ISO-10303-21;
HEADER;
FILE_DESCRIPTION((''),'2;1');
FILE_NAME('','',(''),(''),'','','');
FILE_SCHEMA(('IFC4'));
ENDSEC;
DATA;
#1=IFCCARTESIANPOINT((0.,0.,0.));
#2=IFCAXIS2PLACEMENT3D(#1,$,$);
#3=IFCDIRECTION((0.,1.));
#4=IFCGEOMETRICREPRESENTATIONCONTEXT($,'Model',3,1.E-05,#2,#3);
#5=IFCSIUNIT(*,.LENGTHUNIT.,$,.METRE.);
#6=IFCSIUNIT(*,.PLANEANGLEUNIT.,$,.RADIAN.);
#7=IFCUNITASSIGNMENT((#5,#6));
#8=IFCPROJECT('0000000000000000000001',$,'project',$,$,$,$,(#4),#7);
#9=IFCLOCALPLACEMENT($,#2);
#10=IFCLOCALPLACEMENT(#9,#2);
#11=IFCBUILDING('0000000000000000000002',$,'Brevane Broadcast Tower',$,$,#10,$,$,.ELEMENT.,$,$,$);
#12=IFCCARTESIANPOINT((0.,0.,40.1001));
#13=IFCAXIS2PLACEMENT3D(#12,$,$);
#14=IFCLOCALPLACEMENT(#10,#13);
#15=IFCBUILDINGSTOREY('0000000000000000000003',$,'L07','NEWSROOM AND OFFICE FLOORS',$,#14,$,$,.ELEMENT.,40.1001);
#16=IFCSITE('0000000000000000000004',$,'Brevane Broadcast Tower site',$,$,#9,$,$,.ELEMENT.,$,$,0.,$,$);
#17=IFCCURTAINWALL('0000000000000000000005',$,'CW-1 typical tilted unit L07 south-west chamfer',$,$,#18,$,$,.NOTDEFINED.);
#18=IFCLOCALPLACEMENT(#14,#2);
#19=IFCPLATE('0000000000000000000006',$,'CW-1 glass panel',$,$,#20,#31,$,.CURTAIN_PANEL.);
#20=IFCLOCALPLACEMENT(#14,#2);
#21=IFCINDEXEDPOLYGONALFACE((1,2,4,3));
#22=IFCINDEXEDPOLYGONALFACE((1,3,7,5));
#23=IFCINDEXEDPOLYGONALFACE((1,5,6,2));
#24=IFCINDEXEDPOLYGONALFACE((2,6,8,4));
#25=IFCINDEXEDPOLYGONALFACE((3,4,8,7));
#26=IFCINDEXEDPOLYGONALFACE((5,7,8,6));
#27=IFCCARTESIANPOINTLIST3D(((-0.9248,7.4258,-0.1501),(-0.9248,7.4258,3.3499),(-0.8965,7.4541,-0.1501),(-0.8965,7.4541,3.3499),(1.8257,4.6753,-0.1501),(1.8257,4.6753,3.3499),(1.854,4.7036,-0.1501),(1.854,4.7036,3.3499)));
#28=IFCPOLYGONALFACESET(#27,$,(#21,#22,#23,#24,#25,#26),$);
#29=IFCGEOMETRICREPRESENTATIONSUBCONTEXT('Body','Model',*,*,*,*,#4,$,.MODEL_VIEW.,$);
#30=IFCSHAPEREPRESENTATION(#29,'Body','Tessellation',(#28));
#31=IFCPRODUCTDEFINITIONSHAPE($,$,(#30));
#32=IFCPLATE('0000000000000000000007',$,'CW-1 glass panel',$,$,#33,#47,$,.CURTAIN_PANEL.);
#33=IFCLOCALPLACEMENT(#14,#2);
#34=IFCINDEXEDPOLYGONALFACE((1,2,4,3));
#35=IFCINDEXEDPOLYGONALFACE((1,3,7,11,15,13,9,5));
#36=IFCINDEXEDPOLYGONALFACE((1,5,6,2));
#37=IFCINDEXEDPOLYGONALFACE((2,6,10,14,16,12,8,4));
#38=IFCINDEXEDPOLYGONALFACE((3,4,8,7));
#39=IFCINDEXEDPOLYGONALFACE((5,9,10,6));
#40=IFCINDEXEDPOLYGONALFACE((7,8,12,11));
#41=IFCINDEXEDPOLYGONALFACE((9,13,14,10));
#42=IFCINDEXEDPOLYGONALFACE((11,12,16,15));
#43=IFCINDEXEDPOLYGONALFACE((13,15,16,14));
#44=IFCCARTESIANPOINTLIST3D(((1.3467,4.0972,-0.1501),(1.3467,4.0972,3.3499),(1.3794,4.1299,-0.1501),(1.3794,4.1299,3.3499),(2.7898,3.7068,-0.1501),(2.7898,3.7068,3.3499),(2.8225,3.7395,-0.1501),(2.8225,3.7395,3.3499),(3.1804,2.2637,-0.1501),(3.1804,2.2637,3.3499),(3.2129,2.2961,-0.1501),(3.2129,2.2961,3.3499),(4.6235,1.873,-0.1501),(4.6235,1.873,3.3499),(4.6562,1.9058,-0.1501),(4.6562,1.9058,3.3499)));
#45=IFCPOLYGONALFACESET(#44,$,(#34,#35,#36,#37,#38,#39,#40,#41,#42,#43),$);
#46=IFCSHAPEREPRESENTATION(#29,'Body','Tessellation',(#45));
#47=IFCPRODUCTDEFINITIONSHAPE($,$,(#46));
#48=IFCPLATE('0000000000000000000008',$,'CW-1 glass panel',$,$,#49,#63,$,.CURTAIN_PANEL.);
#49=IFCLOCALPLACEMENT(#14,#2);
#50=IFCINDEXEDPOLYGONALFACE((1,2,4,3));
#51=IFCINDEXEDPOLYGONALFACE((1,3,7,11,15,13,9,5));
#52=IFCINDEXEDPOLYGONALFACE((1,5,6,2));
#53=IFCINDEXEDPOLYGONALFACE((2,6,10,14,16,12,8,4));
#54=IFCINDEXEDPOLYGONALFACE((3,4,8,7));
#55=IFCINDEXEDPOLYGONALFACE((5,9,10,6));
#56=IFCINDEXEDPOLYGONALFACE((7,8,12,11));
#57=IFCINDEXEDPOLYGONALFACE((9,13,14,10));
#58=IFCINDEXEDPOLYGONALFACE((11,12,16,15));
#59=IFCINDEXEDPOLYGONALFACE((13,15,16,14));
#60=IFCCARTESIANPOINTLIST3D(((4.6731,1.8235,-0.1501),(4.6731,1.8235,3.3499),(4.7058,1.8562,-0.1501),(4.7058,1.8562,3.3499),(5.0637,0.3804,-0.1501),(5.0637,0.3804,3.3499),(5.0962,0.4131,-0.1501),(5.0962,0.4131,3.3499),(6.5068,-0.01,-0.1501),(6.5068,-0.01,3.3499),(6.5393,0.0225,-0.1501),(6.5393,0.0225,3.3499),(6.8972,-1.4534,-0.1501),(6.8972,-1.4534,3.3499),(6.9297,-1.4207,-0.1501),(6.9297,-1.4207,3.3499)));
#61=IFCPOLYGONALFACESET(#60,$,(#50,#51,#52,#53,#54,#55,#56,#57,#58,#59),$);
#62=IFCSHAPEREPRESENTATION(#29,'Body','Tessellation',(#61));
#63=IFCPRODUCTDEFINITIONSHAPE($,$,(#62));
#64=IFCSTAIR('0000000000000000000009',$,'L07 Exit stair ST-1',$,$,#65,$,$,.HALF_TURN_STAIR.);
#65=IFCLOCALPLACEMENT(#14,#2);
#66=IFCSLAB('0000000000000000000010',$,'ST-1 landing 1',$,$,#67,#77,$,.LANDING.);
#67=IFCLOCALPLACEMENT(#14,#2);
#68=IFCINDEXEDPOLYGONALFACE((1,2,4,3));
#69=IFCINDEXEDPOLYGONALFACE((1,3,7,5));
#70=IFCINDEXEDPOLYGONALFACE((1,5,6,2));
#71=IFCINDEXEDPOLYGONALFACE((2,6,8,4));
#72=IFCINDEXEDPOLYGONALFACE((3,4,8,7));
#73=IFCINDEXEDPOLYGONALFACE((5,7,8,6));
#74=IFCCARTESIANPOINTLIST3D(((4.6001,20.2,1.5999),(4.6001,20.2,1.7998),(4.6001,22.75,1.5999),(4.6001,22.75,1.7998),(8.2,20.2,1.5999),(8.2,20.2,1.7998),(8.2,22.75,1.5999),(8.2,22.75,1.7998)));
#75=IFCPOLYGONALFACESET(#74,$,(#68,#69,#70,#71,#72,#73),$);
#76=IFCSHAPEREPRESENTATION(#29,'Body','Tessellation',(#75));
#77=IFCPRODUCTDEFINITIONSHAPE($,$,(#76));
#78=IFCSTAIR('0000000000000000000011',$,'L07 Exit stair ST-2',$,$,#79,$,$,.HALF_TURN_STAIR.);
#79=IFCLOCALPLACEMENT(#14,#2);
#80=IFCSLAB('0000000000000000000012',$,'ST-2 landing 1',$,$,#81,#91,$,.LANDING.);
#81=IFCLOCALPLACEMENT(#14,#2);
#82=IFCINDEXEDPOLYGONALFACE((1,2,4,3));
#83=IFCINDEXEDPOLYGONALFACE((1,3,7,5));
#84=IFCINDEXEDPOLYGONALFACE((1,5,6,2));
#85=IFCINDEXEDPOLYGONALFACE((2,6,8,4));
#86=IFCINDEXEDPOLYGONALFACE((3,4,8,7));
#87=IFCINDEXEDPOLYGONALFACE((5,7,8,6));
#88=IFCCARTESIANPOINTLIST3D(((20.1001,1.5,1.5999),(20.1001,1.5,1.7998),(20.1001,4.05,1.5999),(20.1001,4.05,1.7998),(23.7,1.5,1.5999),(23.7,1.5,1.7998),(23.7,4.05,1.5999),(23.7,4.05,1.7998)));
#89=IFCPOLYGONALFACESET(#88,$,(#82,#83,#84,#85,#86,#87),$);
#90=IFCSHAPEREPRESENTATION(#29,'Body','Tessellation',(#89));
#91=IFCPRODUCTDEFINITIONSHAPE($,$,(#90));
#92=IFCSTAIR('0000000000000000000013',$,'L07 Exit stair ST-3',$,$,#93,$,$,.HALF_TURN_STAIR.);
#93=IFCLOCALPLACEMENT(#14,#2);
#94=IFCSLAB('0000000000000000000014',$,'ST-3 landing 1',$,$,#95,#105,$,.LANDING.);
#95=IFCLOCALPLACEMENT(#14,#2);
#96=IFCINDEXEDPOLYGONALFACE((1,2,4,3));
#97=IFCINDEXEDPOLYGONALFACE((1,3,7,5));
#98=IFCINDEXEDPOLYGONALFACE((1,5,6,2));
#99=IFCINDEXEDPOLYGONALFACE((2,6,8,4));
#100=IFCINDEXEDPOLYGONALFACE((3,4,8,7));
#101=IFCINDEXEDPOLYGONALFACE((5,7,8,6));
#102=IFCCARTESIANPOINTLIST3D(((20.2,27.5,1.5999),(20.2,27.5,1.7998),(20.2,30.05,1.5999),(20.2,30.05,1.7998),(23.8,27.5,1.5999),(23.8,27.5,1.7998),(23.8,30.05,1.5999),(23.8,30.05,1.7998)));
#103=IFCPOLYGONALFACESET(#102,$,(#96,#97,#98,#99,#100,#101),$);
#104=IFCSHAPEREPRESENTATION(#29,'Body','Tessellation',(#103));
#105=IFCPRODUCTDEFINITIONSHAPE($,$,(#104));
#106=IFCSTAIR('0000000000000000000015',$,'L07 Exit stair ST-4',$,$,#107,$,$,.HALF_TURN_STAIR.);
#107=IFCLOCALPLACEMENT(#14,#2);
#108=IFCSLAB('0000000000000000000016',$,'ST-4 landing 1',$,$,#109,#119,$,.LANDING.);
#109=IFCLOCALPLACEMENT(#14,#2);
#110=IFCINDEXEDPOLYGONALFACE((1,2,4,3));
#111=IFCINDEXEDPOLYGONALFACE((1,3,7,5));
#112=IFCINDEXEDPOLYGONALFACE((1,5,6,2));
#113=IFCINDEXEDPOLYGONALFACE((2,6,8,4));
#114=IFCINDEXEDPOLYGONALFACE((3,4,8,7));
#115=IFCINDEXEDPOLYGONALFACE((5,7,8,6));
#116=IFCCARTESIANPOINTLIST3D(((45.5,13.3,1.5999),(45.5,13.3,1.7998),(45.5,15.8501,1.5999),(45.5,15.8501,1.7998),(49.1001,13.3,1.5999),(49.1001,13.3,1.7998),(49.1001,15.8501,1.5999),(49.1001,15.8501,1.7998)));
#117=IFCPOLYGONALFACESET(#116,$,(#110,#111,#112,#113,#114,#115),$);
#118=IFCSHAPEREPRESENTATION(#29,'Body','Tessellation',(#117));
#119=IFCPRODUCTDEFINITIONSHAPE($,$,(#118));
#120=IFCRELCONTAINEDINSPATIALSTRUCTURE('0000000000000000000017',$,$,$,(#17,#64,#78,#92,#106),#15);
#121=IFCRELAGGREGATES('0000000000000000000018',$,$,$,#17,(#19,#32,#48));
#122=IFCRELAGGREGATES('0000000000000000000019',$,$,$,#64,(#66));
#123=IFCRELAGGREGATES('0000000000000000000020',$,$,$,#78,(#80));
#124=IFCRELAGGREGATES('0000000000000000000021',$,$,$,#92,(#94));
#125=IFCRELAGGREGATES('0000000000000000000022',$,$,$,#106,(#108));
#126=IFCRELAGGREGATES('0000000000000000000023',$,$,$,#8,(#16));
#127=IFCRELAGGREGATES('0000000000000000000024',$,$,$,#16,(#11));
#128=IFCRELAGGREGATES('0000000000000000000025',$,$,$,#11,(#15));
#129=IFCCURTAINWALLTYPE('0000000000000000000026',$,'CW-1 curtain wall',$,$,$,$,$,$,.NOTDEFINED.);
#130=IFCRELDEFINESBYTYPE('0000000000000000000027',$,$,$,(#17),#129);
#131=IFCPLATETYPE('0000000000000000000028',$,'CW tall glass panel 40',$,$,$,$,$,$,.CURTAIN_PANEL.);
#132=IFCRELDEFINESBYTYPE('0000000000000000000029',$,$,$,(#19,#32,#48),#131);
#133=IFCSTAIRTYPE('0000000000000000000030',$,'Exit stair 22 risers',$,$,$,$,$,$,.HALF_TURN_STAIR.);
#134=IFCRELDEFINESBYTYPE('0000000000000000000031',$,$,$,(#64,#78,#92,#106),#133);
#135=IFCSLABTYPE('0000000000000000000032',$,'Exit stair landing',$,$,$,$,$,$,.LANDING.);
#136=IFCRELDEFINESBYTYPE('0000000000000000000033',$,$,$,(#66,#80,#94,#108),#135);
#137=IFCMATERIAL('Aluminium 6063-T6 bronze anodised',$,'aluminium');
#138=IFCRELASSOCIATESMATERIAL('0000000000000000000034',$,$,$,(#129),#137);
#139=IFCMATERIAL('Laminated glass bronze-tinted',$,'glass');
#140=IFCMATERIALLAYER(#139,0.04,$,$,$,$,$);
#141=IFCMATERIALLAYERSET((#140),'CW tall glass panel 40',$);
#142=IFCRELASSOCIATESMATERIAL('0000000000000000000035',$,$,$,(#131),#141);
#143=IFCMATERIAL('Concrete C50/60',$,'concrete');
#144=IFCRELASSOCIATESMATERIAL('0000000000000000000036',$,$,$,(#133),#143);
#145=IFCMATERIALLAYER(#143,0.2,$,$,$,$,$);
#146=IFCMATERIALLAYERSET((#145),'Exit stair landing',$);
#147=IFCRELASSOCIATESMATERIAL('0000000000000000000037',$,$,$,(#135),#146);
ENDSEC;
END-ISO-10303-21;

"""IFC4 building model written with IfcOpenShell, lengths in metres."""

from ifc_helpers import new_model, si_unit, direction, frame, origin, place, context, subcontext, project, spatial, polyline, outline, extrude, material, layer, layer_set, type_object, element, aggregate, save


model = new_model("IFC4")

# Units and contexts
model_context = context("Model", 3, precision=1e-05, world=origin(), true_north=direction((0.0, 1.0)))
body_context = subcontext(model_context, "Body", "Model", "MODEL_VIEW")
ifc_project = project(units=[si_unit("LENGTHUNIT", "METRE"), si_unit("PLANEANGLEUNIT", "RADIAN")], contexts=[model_context])

# Site, building, storey
site_placement = place(None, origin())
site = spatial("IfcSite", under=ifc_project, at=site_placement, Name="Brevane Broadcast Tower site", CompositionType="ELEMENT", RefElevation=0.0)
building_placement = place(site_placement, origin())
building = spatial("IfcBuilding", under=site, at=building_placement, Name="Brevane Broadcast Tower", CompositionType="ELEMENT")
storey_placement = place(building_placement, frame((0.0, 0.0, 40.1001)))
storey = spatial("IfcBuildingStorey", under=building, at=storey_placement, Name="L07", Description="NEWSROOM AND OFFICE FLOORS", CompositionType="ELEMENT", Elevation=40.1001)

# Shared definitions
ifc_material_1 = material(Name="Aluminium 6063-T6 bronze anodised", Category="aluminium")
curtain_wall_type = type_object("IfcCurtainWallType", Name="CW-1 curtain wall", PredefinedType="NOTDEFINED", material=ifc_material_1)

# Curtain wall
curtain_wall_1_placement = place(storey_placement, origin())
curtain_wall_1 = element("IfcCurtainWall", 1, at=curtain_wall_1_placement, inside=storey, type_object=curtain_wall_type, Name="CW-1 typical tilted unit L07 south-west chamfer", PredefinedType="NOTDEFINED")

# Shared definitions
ifc_material_2 = material(Name="Laminated glass bronze-tinted", Category="glass")
ifc_layer_1 = layer(ifc_material_2, 0.04)
ifc_layer_set_1 = layer_set([ifc_layer_1], Name="CW tall glass panel 40")
plate_type = type_object("IfcPlateType", Name="CW tall glass panel 40", PredefinedType="CURTAIN_PANEL", material=ifc_layer_set_1)

# Plates
plate_1_placement = place(storey_placement, frame((0.0, 0.0, -0.1501)))
plate_1 = element("IfcPlate", 2, at=plate_1_placement, type_object=plate_type, Name="CW-1 glass panel", PredefinedType="CURTAIN_PANEL", context=body_context, shape_type="SweptSolid", body=[
    extrude(outline(polyline([(-0.8965, 7.4541), (1.854, 4.7036), (1.8257, 4.6753), (-0.9248, 7.4258), (-0.8965, 7.4541)])), origin(), (0.0, 0.0, 1.0), 3.5),
])
plate_2_placement = place(storey_placement, frame((0.0, 0.0, -0.1501)))
plate_2 = element("IfcPlate", 3, at=plate_2_placement, type_object=plate_type, Name="CW-1 glass panel", PredefinedType="CURTAIN_PANEL", context=body_context, shape_type="SweptSolid", body=[
    extrude(outline(polyline([(1.3794, 4.1299), (1.3467, 4.0972), (2.7898, 3.7068), (3.1804, 2.2637), (4.6235, 1.873), (4.6562, 1.9058), (3.2129, 2.2961), (2.8225, 3.7395), (1.3794, 4.1299)])), origin(), (0.0, 0.0, 1.0), 3.5),
])
plate_3_placement = place(storey_placement, frame((0.0, 0.0, -0.1501)))
plate_3 = element("IfcPlate", 4, at=plate_3_placement, type_object=plate_type, Name="CW-1 glass panel", PredefinedType="CURTAIN_PANEL", context=body_context, shape_type="SweptSolid", body=[
    extrude(outline(polyline([(4.7058, 1.8562), (4.6731, 1.8235), (5.0637, 0.3804), (6.5068, -0.01), (6.8972, -1.4534), (6.9297, -1.4207), (6.5393, 0.0225), (5.0962, 0.4131), (4.7058, 1.8562)])), origin(), (0.0, 0.0, 1.0), 3.5),
])
aggregate(curtain_wall_1, [plate_1, plate_2, plate_3])

# Stairs, slabs
ifc_material_3 = material(Name="Concrete C50/60", Category="concrete")
stair_type = type_object("IfcStairType", Name="Exit stair 22 risers", PredefinedType="HALF_TURN_STAIR", material=ifc_material_3)
stair_1_placement = place(storey_placement, origin())
stair_1 = element("IfcStair", 5, at=stair_1_placement, inside=storey, type_object=stair_type, Name="L07 Exit stair ST-1", PredefinedType="HALF_TURN_STAIR")
ifc_layer_2 = layer(ifc_material_3, 0.2)
ifc_layer_set_2 = layer_set([ifc_layer_2], Name="Exit stair landing")
slab_type_1 = type_object("IfcSlabType", Name="Exit stair landing", PredefinedType="LANDING", material=ifc_layer_set_2)
slab_1_placement = place(storey_placement, frame((0.0, 0.0, 1.5999)))
slab_1 = element("IfcSlab", 6, at=slab_1_placement, type_object=slab_type_1, Name="ST-1 landing 1", PredefinedType="LANDING", context=body_context, shape_type="SweptSolid", body=[
    extrude(outline(polyline([(4.6001, 20.2), (8.2, 20.2), (8.2, 22.75), (4.6001, 22.75), (4.6001, 20.2)])), origin(), (0.0, 0.0, 1.0), 0.2),
])
aggregate(stair_1, [slab_1])
stair_2_placement = place(storey_placement, origin())
stair_2 = element("IfcStair", 7, at=stair_2_placement, inside=storey, type_object=stair_type, Name="L07 Exit stair ST-2", PredefinedType="HALF_TURN_STAIR")
slab_2_placement = place(storey_placement, frame((0.0, 0.0, 1.5999)))
slab_2 = element("IfcSlab", 8, at=slab_2_placement, type_object=slab_type_1, Name="ST-2 landing 1", PredefinedType="LANDING", context=body_context, shape_type="SweptSolid", body=[
    extrude(outline(polyline([(20.1001, 1.5), (23.7, 1.5), (23.7, 4.05), (20.1001, 4.05), (20.1001, 1.5)])), origin(), (0.0, 0.0, 1.0), 0.2),
])
aggregate(stair_2, [slab_2])
stair_3_placement = place(storey_placement, origin())
stair_3 = element("IfcStair", 9, at=stair_3_placement, inside=storey, type_object=stair_type, Name="L07 Exit stair ST-3", PredefinedType="HALF_TURN_STAIR")
slab_3_placement = place(storey_placement, frame((0.0, 0.0, 1.5999)))
slab_3 = element("IfcSlab", 10, at=slab_3_placement, type_object=slab_type_1, Name="ST-3 landing 1", PredefinedType="LANDING", context=body_context, shape_type="SweptSolid", body=[
    extrude(outline(polyline([(20.2, 27.5), (23.8, 27.5), (23.8, 30.05), (20.2, 30.05), (20.2, 27.5)])), origin(), (0.0, 0.0, 1.0), 0.2),
])
aggregate(stair_3, [slab_3])
stair_4_placement = place(storey_placement, origin())
stair_4 = element("IfcStair", 11, at=stair_4_placement, inside=storey, type_object=stair_type, Name="L07 Exit stair ST-4", PredefinedType="HALF_TURN_STAIR")
slab_4_placement = place(storey_placement, frame((0.0, 0.0, 1.5999)))
slab_4 = element("IfcSlab", 12, at=slab_4_placement, type_object=slab_type_1, Name="ST-4 landing 1", PredefinedType="LANDING", context=body_context, shape_type="SweptSolid", body=[
    extrude(outline(polyline([(45.5, 13.3), (49.1001, 13.3), (49.1001, 15.8501), (45.5, 15.8501), (45.5, 13.3)])), origin(), (0.0, 0.0, 1.0), 0.2),
])
aggregate(stair_4, [slab_4])

save(model, "model.ifc")
